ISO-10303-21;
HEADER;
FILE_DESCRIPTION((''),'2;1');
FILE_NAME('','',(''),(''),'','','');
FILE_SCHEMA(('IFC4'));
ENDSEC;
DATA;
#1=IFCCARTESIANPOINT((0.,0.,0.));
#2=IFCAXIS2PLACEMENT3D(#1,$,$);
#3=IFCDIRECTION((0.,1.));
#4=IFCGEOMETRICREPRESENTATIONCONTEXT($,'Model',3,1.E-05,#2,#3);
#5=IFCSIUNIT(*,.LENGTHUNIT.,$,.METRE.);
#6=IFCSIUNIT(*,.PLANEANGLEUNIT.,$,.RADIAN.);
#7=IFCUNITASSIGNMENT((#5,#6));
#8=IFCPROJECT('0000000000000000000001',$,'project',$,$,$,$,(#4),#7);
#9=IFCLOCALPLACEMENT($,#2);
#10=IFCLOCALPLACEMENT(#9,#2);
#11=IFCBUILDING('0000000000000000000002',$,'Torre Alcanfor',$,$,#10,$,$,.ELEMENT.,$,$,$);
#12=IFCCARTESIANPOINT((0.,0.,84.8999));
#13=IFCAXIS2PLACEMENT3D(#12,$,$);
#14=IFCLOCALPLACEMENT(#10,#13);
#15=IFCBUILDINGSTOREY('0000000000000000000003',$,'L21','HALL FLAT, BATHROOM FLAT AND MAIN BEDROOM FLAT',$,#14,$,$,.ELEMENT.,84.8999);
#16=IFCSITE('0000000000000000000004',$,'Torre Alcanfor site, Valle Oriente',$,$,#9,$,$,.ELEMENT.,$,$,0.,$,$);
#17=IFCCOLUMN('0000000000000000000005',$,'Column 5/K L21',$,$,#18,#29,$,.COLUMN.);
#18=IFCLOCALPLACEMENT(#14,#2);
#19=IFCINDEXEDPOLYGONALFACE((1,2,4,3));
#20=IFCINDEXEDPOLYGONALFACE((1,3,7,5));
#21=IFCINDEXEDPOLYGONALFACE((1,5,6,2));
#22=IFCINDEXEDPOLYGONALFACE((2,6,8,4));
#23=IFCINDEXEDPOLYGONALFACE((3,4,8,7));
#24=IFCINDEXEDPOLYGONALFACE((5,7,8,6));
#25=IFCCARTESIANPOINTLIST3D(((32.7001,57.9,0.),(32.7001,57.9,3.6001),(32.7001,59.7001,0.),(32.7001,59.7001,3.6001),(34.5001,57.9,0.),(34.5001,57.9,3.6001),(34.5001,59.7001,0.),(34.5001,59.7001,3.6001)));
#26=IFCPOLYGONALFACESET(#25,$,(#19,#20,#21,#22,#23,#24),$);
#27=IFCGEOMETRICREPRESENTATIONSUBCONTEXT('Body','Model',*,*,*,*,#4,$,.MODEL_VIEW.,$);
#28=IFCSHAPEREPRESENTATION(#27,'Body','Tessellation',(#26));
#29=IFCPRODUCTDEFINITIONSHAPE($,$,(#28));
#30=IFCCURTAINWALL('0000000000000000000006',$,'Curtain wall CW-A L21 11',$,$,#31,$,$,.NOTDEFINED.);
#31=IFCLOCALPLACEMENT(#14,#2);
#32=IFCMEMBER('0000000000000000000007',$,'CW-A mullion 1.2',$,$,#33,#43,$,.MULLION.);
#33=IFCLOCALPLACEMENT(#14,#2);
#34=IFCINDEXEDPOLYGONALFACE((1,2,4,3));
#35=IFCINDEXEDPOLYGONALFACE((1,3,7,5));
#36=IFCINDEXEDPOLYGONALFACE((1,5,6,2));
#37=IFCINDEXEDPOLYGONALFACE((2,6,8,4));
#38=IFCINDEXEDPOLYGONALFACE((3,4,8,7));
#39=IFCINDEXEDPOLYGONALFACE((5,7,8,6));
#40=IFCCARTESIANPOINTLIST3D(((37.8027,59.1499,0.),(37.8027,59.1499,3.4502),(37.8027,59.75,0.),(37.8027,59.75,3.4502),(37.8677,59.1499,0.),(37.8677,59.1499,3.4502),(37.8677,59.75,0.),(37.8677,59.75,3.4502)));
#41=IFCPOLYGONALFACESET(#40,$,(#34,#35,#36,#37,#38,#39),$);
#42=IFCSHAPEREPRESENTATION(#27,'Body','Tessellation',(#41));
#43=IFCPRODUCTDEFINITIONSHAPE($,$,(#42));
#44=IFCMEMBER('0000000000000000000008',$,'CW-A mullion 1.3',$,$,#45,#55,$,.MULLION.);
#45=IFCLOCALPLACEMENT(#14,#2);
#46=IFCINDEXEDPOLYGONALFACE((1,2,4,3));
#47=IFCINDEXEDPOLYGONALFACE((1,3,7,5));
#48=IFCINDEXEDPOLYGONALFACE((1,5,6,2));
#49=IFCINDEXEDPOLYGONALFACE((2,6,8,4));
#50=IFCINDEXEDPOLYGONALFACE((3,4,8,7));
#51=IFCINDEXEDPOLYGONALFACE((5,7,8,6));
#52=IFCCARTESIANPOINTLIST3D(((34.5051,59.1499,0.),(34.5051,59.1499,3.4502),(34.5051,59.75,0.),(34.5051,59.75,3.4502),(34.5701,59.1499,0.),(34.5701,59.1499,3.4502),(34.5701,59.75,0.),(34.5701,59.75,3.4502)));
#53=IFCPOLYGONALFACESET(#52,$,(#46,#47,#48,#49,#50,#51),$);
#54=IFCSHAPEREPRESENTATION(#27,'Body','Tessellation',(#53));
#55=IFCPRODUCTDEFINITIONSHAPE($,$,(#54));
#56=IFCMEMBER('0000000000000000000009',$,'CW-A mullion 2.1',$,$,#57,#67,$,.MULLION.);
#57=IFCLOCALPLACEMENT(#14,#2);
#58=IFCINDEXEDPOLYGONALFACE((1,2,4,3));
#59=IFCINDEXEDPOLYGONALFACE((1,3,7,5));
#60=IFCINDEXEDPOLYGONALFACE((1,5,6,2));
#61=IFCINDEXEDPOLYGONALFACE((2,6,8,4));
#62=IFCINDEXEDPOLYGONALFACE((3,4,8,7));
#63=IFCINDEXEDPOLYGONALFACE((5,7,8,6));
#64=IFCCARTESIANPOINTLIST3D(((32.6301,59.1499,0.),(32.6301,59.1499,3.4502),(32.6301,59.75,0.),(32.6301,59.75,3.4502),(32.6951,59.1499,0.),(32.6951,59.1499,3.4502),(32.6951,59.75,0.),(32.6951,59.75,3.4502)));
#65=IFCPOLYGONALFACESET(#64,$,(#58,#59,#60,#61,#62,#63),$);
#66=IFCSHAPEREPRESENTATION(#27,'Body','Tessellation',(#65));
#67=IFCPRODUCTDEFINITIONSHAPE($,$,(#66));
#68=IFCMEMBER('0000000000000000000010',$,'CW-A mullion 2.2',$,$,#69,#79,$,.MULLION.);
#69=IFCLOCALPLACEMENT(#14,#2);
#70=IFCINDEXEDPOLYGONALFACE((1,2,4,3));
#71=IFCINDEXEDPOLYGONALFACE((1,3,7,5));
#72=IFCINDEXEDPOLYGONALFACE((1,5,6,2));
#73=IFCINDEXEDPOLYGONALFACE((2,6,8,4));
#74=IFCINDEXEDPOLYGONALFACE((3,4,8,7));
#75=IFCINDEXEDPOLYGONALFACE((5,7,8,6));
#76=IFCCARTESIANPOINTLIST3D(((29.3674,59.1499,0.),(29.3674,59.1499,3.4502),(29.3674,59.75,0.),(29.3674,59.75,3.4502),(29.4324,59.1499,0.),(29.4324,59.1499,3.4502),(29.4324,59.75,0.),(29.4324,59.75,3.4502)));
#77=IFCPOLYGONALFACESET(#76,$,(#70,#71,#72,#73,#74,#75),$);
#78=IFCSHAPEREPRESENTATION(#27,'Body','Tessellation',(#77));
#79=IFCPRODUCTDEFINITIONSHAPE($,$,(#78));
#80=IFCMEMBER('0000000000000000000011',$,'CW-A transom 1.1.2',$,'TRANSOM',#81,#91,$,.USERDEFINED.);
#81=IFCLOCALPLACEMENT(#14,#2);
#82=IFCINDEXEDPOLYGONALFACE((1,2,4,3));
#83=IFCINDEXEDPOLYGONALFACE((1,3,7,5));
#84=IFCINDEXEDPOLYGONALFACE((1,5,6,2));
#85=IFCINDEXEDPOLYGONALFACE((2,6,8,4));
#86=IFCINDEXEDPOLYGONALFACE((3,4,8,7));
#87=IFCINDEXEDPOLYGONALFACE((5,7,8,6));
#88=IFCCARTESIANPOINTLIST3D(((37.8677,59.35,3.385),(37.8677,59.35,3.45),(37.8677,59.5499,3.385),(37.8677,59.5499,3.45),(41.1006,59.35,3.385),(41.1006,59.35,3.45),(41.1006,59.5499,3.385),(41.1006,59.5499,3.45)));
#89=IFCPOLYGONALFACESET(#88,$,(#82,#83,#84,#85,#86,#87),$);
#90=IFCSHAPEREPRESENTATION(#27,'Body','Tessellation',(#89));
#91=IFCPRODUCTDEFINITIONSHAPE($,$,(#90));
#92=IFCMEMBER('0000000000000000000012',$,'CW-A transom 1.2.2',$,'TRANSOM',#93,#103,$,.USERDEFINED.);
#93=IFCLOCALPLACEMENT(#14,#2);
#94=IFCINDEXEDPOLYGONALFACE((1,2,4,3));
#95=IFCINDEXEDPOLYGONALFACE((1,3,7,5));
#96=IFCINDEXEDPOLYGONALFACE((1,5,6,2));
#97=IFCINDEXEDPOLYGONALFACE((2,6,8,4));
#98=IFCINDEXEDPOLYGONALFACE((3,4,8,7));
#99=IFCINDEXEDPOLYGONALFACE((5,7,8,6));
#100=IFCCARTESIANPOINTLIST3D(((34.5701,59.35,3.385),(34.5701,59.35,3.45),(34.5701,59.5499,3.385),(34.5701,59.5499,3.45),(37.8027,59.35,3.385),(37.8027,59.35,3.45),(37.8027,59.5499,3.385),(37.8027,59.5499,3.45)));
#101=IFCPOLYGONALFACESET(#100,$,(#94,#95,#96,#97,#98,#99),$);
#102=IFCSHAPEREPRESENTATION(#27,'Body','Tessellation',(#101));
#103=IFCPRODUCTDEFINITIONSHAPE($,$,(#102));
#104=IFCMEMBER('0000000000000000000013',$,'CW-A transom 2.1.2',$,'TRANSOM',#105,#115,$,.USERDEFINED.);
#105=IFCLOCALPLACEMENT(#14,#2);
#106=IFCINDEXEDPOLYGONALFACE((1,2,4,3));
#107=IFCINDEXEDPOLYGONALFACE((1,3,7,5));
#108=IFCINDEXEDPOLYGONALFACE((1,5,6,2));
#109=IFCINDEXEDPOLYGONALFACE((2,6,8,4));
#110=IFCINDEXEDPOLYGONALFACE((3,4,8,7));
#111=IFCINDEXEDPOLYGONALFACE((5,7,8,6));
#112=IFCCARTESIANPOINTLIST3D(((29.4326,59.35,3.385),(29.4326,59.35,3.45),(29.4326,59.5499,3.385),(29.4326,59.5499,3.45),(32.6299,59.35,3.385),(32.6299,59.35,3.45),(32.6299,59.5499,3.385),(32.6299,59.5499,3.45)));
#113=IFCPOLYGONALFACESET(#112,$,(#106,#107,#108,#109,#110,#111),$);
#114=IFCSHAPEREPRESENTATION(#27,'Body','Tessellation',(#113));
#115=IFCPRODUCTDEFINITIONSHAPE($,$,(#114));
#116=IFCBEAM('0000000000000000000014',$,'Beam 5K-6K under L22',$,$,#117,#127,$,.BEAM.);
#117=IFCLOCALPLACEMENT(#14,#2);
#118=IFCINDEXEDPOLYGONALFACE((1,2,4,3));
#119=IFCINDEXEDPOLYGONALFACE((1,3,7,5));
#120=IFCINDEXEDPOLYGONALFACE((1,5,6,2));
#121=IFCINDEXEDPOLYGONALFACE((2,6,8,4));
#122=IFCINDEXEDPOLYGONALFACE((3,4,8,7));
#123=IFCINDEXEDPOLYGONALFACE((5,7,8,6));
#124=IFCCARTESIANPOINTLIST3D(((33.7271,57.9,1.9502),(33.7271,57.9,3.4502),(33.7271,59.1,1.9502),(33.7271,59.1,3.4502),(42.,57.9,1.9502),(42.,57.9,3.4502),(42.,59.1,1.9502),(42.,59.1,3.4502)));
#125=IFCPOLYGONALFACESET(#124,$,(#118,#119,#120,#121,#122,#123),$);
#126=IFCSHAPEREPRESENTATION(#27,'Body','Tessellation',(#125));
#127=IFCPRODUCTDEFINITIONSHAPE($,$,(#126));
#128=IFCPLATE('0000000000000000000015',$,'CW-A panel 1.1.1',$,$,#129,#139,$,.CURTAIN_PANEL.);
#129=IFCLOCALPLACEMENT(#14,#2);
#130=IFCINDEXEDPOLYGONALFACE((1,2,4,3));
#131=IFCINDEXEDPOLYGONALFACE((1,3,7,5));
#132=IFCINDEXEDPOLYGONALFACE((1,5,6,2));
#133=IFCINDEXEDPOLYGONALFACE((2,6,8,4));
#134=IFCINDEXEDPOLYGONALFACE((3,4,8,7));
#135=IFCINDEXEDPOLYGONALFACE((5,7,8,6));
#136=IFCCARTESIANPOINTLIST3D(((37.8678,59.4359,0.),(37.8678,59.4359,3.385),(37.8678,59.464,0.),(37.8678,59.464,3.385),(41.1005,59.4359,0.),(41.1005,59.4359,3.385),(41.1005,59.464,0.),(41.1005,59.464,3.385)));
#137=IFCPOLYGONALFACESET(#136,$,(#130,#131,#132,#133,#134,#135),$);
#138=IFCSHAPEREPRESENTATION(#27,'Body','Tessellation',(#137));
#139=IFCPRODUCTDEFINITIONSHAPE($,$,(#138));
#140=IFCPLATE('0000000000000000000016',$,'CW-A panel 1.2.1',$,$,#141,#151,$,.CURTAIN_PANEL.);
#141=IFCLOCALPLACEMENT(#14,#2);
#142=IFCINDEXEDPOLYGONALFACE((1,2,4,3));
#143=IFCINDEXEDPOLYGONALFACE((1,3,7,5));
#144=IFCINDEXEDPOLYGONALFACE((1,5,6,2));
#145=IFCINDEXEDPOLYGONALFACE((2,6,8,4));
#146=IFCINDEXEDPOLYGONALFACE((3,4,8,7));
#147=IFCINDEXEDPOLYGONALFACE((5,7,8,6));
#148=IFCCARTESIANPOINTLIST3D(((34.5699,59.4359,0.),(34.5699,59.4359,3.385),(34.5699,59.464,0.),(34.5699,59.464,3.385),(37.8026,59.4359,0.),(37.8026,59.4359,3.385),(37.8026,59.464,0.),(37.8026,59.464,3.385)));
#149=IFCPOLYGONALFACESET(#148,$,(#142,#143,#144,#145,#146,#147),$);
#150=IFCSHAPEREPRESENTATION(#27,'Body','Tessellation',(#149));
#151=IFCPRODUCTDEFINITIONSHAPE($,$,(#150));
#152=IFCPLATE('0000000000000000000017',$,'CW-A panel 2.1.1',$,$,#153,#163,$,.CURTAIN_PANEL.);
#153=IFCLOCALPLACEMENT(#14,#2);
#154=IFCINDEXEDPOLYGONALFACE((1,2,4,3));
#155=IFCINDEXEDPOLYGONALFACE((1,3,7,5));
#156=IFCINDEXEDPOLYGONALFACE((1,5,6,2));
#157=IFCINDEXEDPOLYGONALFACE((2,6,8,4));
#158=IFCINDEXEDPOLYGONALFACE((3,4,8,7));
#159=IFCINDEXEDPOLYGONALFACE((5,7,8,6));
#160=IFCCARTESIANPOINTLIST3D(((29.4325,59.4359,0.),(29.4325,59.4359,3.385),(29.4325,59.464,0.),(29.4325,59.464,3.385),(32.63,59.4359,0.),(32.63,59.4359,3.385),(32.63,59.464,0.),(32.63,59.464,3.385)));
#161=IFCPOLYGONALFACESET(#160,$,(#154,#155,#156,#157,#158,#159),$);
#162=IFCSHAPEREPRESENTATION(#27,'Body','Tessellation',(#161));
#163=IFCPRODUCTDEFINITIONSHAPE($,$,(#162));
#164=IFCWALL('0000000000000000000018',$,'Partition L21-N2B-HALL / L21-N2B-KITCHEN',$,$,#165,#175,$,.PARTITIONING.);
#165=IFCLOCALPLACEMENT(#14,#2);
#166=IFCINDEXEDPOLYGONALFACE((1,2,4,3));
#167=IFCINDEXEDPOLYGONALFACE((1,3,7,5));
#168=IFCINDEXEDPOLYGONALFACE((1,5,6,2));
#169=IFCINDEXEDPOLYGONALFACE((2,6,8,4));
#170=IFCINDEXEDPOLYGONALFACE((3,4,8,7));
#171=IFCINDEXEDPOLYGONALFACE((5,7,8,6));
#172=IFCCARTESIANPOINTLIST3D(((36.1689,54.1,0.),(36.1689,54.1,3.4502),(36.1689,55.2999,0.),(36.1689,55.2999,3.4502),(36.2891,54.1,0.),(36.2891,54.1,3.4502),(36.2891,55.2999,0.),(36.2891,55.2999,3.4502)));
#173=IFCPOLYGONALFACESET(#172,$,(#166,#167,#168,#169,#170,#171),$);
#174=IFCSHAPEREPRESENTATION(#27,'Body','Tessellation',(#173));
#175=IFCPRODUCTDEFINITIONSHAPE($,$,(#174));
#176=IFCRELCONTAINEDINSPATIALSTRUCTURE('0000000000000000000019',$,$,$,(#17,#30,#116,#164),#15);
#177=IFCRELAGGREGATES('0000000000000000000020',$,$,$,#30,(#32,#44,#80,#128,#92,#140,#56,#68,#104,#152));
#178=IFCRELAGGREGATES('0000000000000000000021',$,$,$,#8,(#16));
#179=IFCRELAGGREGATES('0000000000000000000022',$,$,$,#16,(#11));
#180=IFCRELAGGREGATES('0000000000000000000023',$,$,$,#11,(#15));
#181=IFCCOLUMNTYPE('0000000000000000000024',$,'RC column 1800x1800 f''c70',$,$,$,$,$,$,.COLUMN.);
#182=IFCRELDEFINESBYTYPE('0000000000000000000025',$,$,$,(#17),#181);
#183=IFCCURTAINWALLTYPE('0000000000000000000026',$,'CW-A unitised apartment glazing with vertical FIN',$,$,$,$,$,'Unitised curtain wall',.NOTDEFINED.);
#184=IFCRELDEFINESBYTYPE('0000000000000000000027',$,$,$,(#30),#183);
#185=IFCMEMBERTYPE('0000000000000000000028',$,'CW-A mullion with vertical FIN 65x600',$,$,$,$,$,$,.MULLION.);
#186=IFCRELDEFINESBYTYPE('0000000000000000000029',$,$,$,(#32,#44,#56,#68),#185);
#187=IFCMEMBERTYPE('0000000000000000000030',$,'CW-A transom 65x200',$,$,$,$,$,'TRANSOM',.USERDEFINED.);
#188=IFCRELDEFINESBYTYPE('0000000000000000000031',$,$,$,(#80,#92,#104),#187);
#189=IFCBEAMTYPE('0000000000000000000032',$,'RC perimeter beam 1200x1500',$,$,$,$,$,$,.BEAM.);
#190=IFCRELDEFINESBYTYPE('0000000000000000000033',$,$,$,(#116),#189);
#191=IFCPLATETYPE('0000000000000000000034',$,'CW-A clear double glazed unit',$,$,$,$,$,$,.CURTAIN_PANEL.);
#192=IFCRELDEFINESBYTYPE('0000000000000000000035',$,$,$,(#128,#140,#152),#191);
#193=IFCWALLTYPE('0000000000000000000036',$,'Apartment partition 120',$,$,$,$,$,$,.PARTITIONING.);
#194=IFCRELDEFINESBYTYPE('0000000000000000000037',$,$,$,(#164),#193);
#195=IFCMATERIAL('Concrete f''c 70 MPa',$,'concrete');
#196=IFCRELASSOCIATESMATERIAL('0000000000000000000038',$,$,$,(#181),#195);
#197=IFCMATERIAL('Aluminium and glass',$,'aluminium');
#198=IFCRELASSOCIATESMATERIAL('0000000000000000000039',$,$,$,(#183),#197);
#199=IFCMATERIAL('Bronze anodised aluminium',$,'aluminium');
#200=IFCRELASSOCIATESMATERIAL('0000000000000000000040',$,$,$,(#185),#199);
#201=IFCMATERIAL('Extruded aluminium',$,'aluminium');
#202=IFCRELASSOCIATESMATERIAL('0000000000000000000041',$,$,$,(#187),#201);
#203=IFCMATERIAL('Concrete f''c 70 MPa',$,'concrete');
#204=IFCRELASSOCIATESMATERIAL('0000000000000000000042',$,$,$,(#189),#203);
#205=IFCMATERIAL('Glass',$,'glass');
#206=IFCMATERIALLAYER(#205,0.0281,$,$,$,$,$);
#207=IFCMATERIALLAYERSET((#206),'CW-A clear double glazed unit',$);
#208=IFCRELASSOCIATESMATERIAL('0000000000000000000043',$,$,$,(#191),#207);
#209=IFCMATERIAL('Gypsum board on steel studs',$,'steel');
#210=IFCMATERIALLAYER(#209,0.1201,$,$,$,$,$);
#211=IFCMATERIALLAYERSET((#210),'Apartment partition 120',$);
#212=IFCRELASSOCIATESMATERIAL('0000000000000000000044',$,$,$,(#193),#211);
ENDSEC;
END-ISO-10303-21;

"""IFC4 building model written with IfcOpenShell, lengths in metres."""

from ifc_helpers import new_model, si_unit, direction, frame, frame_2d, origin, origin_2d, place, context, subcontext, project, spatial, rectangle, extrude, material, layer, layer_set, material_profile, profile_set, type_object, element, aggregate, save


model = new_model("IFC4")

# Units and contexts
model_context = context("Model", 3, precision=1e-05, world=origin(), true_north=direction((0.0, 1.0)))
body_context = subcontext(model_context, "Body", "Model", "MODEL_VIEW")
ifc_project = project(units=[si_unit("LENGTHUNIT", "METRE"), si_unit("PLANEANGLEUNIT", "RADIAN")], contexts=[model_context])

# Site, building, storey
site_placement = place(None, origin())
site = spatial("IfcSite", under=ifc_project, at=site_placement, Name="Torre Alcanfor site, Valle Oriente", CompositionType="ELEMENT", RefElevation=0.0)
building_placement = place(site_placement, origin())
building = spatial("IfcBuilding", under=site, at=building_placement, Name="Torre Alcanfor", CompositionType="ELEMENT")
storey_placement = place(building_placement, frame((0.0, 0.0, 84.8999)))
storey = spatial("IfcBuildingStorey", under=building, at=storey_placement, Name="L21", Description="HALL FLAT, BATHROOM FLAT AND MAIN BEDROOM FLAT", CompositionType="ELEMENT", Elevation=84.8999)

# Column
ifc_material_1 = material(Name="Concrete f'c 70 MPa", Category="concrete")
ifc_material_profile_1 = material_profile(ifc_material_1, rectangle(XDim=1.8, YDim=1.8, at=origin_2d()), Name="1800x1800")
ifc_profile_set_1 = profile_set([ifc_material_profile_1], Name="Concrete f'c 70 MPa")
column_type = type_object("IfcColumnType", Name="RC column 1800x1800 f'c70", PredefinedType="COLUMN", material=ifc_profile_set_1)
column_placement = place(storey_placement, frame((33.6001, 58.8, 0.0), z_axis=(0.0, 0.0, 1.0), x_axis=(1.0, 0.0, 0.0)))
element("IfcColumn", 1, at=column_placement, inside=storey, type_object=column_type, Name="Column 5/K L21", PredefinedType="COLUMN", context=body_context, shape_type="SweptSolid", body=[
    extrude(rectangle(XDim=1.8, YDim=1.8, at=origin_2d()), origin(), (0.0, 0.0, 1.0), 3.6001),
])

# Curtain wall, members
ifc_material_2 = material(Name="Aluminium and glass", Category="aluminium")
curtain_wall_type = type_object("IfcCurtainWallType", Name="CW-A unitised apartment glazing with vertical FIN", ElementType="Unitised curtain wall", PredefinedType="NOTDEFINED", material=ifc_material_2)
curtain_wall_placement = place(storey_placement, origin())
curtain_wall = element("IfcCurtainWall", 2, at=curtain_wall_placement, inside=storey, type_object=curtain_wall_type, Name="Curtain wall CW-A L21 11", PredefinedType="NOTDEFINED")
ifc_material_3 = material(Name="Bronze anodised aluminium", Category="aluminium")
ifc_material_profile_2 = material_profile(ifc_material_3, rectangle(XDim=0.6001, YDim=0.0649, at=origin_2d()), Name="CW-A mullion 65x600")
ifc_profile_set_2 = profile_set([ifc_material_profile_2], Name="Bronze anodised aluminium")
member_type_1 = type_object("IfcMemberType", Name="CW-A mullion with vertical FIN 65x600", PredefinedType="MULLION", material=ifc_profile_set_2)
member_1_placement = place(storey_placement, frame((37.8352, 59.45, 0.0), z_axis=(0.0, 0.0, 1.0), x_axis=(0.0, -1.0, 0.0)))
member_1 = element("IfcMember", 3, at=member_1_placement, type_object=member_type_1, Name="CW-A mullion 1.2", PredefinedType="MULLION", context=body_context, shape_type="SweptSolid", body=[
    extrude(rectangle(XDim=0.6001, YDim=0.0649, at=origin_2d()), origin(), (0.0, 0.0, 1.0), 3.4502),
])
member_2_placement = place(storey_placement, frame((34.5376, 59.45, 0.0), z_axis=(0.0, 0.0, 1.0), x_axis=(0.0, -1.0, 0.0)))
member_2 = element("IfcMember", 4, at=member_2_placement, type_object=member_type_1, Name="CW-A mullion 1.3", PredefinedType="MULLION", context=body_context, shape_type="SweptSolid", body=[
    extrude(rectangle(XDim=0.6001, YDim=0.0649, at=origin_2d()), origin(), (0.0, 0.0, 1.0), 3.4502),
])
member_3_placement = place(storey_placement, frame((32.6626, 59.45, 0.0), z_axis=(0.0, 0.0, 1.0), x_axis=(0.0, -1.0, 0.0)))
member_3 = element("IfcMember", 5, at=member_3_placement, type_object=member_type_1, Name="CW-A mullion 2.1", PredefinedType="MULLION", context=body_context, shape_type="SweptSolid", body=[
    extrude(rectangle(XDim=0.6001, YDim=0.0649, at=origin_2d()), origin(), (0.0, 0.0, 1.0), 3.4502),
])
member_4_placement = place(storey_placement, frame((29.3999, 59.45, 0.0), z_axis=(0.0, 0.0, 1.0), x_axis=(0.0, -1.0, 0.0)))
member_4 = element("IfcMember", 6, at=member_4_placement, type_object=member_type_1, Name="CW-A mullion 2.2", PredefinedType="MULLION", context=body_context, shape_type="SweptSolid", body=[
    extrude(rectangle(XDim=0.6001, YDim=0.0649, at=origin_2d()), origin(), (0.0, 0.0, 1.0), 3.4502),
])
ifc_material_4 = material(Name="Extruded aluminium", Category="aluminium")
ifc_material_profile_3 = material_profile(ifc_material_4, rectangle(XDim=0.2, YDim=0.0649, at=origin_2d()), Name="CW-A transom 200x65")
ifc_profile_set_3 = profile_set([ifc_material_profile_3], Name="Extruded aluminium")
member_type_2 = type_object("IfcMemberType", Name="CW-A transom 65x200", ElementType="TRANSOM", PredefinedType="USERDEFINED", material=ifc_profile_set_3)
member_5_placement = place(storey_placement, frame((41.1006, 59.45, 3.4175), z_axis=(-1.0, 0.0, 0.0), x_axis=(0.0, -1.0, 0.0)))
member_5 = element("IfcMember", 7, at=member_5_placement, type_object=member_type_2, Name="CW-A transom 1.1.2", ObjectType="TRANSOM", PredefinedType="USERDEFINED", context=body_context, shape_type="SweptSolid", body=[
    extrude(rectangle(XDim=0.2, YDim=0.0649, at=origin_2d()), origin(), (0.0, 0.0, 1.0), 3.2329),
])
member_6_placement = place(storey_placement, frame((37.8027, 59.45, 3.4175), z_axis=(-1.0, 0.0, 0.0), x_axis=(0.0, -1.0, 0.0)))
member_6 = element("IfcMember", 8, at=member_6_placement, type_object=member_type_2, Name="CW-A transom 1.2.2", ObjectType="TRANSOM", PredefinedType="USERDEFINED", context=body_context, shape_type="SweptSolid", body=[
    extrude(rectangle(XDim=0.2, YDim=0.0649, at=origin_2d()), origin(), (0.0, 0.0, 1.0), 3.2327),
])
member_7_placement = place(storey_placement, frame((32.6299, 59.45, 3.4175), z_axis=(-1.0, 0.0, 0.0), x_axis=(0.0, -1.0, 0.0)))
member_7 = element("IfcMember", 9, at=member_7_placement, type_object=member_type_2, Name="CW-A transom 2.1.2", ObjectType="TRANSOM", PredefinedType="USERDEFINED", context=body_context, shape_type="SweptSolid", body=[
    extrude(rectangle(XDim=0.2, YDim=0.0649, at=origin_2d()), origin(), (0.0, 0.0, 1.0), 3.1973),
])

# Beam
ifc_material_5 = material(Name="Concrete f'c 70 MPa", Category="concrete")
ifc_material_profile_4 = material_profile(ifc_material_5, rectangle(XDim=1.2, YDim=1.5, at=origin_2d()), Name="1200x1500")
ifc_profile_set_4 = profile_set([ifc_material_profile_4], Name="Concrete f'c 70 MPa")
beam_type = type_object("IfcBeamType", Name="RC perimeter beam 1200x1500", PredefinedType="BEAM", material=ifc_profile_set_4)
beam_placement = place(storey_placement, frame((33.7271, 58.5, 2.7002), z_axis=(1.0, 0.0, 0.0), x_axis=(0.0, 1.0, 0.0)))
element("IfcBeam", 10, at=beam_placement, inside=storey, type_object=beam_type, Name="Beam 5K-6K under L22", PredefinedType="BEAM", context=body_context, shape_type="SweptSolid", body=[
    extrude(rectangle(XDim=1.2, YDim=1.5, at=origin_2d()), origin(), (0.0, 0.0, 1.0), 8.2729),
])

# Plates
ifc_material_6 = material(Name="Glass", Category="glass")
ifc_layer_1 = layer(ifc_material_6, 0.0281)
ifc_layer_set_1 = layer_set([ifc_layer_1], Name="CW-A clear double glazed unit")
plate_type = type_object("IfcPlateType", Name="CW-A clear double glazed unit", PredefinedType="CURTAIN_PANEL", material=ifc_layer_set_1)
plate_1_placement = place(storey_placement, frame((39.4841, 59.45, 0.0), z_axis=(0.0, 0.0, 1.0), x_axis=(-1.0, 0.0, 0.0)))
plate_1 = element("IfcPlate", 11, at=plate_1_placement, type_object=plate_type, Name="CW-A panel 1.1.1", PredefinedType="CURTAIN_PANEL", context=body_context, shape_type="SweptSolid", body=[
    extrude(rectangle(XDim=3.2327, YDim=0.0281, at=origin_2d()), origin(), (0.0, 0.0, 1.0), 3.385),
])
plate_2_placement = place(storey_placement, frame((36.1863, 59.45, 0.0), z_axis=(0.0, 0.0, 1.0), x_axis=(-1.0, 0.0, 0.0)))
plate_2 = element("IfcPlate", 12, at=plate_2_placement, type_object=plate_type, Name="CW-A panel 1.2.1", PredefinedType="CURTAIN_PANEL", context=body_context, shape_type="SweptSolid", body=[
    extrude(rectangle(XDim=3.2327, YDim=0.0281, at=origin_2d()), origin(), (0.0, 0.0, 1.0), 3.385),
])
plate_3_placement = place(storey_placement, frame((31.0312, 59.45, 0.0), z_axis=(0.0, 0.0, 1.0), x_axis=(-1.0, 0.0, 0.0)))
plate_3 = element("IfcPlate", 13, at=plate_3_placement, type_object=plate_type, Name="CW-A panel 2.1.1", PredefinedType="CURTAIN_PANEL", context=body_context, shape_type="SweptSolid", body=[
    extrude(rectangle(XDim=3.1975, YDim=0.0281, at=origin_2d()), origin(), (0.0, 0.0, 1.0), 3.385),
])
aggregate(curtain_wall, [member_1, member_2, member_5, plate_1, member_6, plate_2, member_3, member_4, member_7, plate_3])

# Wall
ifc_material_7 = material(Name="Gypsum board on steel studs", Category="steel")
ifc_layer_2 = layer(ifc_material_7, 0.1201)
ifc_layer_set_2 = layer_set([ifc_layer_2], Name="Apartment partition 120")
wall_type_1 = type_object("IfcWallType", Name="Apartment partition 120", PredefinedType="PARTITIONING", material=ifc_layer_set_2)
wall_1_placement = place(storey_placement, frame((36.229, 55.3, 0.0), z_axis=(0.0, 0.0, 1.0), x_axis=(0.0, -1.0, 0.0)))
element("IfcWall", 14, at=wall_1_placement, inside=storey, type_object=wall_type_1, Name="Partition L21-N2B-HALL / L21-N2B-KITCHEN", PredefinedType="PARTITIONING", context=body_context, shape_type="SweptSolid", body=[
    extrude(rectangle(XDim=1.2, YDim=0.1201, at=frame_2d((0.6001, 0.0))), origin(), (0.0, 0.0, 1.0), 3.4502),
])

save(model, "model.ifc")
